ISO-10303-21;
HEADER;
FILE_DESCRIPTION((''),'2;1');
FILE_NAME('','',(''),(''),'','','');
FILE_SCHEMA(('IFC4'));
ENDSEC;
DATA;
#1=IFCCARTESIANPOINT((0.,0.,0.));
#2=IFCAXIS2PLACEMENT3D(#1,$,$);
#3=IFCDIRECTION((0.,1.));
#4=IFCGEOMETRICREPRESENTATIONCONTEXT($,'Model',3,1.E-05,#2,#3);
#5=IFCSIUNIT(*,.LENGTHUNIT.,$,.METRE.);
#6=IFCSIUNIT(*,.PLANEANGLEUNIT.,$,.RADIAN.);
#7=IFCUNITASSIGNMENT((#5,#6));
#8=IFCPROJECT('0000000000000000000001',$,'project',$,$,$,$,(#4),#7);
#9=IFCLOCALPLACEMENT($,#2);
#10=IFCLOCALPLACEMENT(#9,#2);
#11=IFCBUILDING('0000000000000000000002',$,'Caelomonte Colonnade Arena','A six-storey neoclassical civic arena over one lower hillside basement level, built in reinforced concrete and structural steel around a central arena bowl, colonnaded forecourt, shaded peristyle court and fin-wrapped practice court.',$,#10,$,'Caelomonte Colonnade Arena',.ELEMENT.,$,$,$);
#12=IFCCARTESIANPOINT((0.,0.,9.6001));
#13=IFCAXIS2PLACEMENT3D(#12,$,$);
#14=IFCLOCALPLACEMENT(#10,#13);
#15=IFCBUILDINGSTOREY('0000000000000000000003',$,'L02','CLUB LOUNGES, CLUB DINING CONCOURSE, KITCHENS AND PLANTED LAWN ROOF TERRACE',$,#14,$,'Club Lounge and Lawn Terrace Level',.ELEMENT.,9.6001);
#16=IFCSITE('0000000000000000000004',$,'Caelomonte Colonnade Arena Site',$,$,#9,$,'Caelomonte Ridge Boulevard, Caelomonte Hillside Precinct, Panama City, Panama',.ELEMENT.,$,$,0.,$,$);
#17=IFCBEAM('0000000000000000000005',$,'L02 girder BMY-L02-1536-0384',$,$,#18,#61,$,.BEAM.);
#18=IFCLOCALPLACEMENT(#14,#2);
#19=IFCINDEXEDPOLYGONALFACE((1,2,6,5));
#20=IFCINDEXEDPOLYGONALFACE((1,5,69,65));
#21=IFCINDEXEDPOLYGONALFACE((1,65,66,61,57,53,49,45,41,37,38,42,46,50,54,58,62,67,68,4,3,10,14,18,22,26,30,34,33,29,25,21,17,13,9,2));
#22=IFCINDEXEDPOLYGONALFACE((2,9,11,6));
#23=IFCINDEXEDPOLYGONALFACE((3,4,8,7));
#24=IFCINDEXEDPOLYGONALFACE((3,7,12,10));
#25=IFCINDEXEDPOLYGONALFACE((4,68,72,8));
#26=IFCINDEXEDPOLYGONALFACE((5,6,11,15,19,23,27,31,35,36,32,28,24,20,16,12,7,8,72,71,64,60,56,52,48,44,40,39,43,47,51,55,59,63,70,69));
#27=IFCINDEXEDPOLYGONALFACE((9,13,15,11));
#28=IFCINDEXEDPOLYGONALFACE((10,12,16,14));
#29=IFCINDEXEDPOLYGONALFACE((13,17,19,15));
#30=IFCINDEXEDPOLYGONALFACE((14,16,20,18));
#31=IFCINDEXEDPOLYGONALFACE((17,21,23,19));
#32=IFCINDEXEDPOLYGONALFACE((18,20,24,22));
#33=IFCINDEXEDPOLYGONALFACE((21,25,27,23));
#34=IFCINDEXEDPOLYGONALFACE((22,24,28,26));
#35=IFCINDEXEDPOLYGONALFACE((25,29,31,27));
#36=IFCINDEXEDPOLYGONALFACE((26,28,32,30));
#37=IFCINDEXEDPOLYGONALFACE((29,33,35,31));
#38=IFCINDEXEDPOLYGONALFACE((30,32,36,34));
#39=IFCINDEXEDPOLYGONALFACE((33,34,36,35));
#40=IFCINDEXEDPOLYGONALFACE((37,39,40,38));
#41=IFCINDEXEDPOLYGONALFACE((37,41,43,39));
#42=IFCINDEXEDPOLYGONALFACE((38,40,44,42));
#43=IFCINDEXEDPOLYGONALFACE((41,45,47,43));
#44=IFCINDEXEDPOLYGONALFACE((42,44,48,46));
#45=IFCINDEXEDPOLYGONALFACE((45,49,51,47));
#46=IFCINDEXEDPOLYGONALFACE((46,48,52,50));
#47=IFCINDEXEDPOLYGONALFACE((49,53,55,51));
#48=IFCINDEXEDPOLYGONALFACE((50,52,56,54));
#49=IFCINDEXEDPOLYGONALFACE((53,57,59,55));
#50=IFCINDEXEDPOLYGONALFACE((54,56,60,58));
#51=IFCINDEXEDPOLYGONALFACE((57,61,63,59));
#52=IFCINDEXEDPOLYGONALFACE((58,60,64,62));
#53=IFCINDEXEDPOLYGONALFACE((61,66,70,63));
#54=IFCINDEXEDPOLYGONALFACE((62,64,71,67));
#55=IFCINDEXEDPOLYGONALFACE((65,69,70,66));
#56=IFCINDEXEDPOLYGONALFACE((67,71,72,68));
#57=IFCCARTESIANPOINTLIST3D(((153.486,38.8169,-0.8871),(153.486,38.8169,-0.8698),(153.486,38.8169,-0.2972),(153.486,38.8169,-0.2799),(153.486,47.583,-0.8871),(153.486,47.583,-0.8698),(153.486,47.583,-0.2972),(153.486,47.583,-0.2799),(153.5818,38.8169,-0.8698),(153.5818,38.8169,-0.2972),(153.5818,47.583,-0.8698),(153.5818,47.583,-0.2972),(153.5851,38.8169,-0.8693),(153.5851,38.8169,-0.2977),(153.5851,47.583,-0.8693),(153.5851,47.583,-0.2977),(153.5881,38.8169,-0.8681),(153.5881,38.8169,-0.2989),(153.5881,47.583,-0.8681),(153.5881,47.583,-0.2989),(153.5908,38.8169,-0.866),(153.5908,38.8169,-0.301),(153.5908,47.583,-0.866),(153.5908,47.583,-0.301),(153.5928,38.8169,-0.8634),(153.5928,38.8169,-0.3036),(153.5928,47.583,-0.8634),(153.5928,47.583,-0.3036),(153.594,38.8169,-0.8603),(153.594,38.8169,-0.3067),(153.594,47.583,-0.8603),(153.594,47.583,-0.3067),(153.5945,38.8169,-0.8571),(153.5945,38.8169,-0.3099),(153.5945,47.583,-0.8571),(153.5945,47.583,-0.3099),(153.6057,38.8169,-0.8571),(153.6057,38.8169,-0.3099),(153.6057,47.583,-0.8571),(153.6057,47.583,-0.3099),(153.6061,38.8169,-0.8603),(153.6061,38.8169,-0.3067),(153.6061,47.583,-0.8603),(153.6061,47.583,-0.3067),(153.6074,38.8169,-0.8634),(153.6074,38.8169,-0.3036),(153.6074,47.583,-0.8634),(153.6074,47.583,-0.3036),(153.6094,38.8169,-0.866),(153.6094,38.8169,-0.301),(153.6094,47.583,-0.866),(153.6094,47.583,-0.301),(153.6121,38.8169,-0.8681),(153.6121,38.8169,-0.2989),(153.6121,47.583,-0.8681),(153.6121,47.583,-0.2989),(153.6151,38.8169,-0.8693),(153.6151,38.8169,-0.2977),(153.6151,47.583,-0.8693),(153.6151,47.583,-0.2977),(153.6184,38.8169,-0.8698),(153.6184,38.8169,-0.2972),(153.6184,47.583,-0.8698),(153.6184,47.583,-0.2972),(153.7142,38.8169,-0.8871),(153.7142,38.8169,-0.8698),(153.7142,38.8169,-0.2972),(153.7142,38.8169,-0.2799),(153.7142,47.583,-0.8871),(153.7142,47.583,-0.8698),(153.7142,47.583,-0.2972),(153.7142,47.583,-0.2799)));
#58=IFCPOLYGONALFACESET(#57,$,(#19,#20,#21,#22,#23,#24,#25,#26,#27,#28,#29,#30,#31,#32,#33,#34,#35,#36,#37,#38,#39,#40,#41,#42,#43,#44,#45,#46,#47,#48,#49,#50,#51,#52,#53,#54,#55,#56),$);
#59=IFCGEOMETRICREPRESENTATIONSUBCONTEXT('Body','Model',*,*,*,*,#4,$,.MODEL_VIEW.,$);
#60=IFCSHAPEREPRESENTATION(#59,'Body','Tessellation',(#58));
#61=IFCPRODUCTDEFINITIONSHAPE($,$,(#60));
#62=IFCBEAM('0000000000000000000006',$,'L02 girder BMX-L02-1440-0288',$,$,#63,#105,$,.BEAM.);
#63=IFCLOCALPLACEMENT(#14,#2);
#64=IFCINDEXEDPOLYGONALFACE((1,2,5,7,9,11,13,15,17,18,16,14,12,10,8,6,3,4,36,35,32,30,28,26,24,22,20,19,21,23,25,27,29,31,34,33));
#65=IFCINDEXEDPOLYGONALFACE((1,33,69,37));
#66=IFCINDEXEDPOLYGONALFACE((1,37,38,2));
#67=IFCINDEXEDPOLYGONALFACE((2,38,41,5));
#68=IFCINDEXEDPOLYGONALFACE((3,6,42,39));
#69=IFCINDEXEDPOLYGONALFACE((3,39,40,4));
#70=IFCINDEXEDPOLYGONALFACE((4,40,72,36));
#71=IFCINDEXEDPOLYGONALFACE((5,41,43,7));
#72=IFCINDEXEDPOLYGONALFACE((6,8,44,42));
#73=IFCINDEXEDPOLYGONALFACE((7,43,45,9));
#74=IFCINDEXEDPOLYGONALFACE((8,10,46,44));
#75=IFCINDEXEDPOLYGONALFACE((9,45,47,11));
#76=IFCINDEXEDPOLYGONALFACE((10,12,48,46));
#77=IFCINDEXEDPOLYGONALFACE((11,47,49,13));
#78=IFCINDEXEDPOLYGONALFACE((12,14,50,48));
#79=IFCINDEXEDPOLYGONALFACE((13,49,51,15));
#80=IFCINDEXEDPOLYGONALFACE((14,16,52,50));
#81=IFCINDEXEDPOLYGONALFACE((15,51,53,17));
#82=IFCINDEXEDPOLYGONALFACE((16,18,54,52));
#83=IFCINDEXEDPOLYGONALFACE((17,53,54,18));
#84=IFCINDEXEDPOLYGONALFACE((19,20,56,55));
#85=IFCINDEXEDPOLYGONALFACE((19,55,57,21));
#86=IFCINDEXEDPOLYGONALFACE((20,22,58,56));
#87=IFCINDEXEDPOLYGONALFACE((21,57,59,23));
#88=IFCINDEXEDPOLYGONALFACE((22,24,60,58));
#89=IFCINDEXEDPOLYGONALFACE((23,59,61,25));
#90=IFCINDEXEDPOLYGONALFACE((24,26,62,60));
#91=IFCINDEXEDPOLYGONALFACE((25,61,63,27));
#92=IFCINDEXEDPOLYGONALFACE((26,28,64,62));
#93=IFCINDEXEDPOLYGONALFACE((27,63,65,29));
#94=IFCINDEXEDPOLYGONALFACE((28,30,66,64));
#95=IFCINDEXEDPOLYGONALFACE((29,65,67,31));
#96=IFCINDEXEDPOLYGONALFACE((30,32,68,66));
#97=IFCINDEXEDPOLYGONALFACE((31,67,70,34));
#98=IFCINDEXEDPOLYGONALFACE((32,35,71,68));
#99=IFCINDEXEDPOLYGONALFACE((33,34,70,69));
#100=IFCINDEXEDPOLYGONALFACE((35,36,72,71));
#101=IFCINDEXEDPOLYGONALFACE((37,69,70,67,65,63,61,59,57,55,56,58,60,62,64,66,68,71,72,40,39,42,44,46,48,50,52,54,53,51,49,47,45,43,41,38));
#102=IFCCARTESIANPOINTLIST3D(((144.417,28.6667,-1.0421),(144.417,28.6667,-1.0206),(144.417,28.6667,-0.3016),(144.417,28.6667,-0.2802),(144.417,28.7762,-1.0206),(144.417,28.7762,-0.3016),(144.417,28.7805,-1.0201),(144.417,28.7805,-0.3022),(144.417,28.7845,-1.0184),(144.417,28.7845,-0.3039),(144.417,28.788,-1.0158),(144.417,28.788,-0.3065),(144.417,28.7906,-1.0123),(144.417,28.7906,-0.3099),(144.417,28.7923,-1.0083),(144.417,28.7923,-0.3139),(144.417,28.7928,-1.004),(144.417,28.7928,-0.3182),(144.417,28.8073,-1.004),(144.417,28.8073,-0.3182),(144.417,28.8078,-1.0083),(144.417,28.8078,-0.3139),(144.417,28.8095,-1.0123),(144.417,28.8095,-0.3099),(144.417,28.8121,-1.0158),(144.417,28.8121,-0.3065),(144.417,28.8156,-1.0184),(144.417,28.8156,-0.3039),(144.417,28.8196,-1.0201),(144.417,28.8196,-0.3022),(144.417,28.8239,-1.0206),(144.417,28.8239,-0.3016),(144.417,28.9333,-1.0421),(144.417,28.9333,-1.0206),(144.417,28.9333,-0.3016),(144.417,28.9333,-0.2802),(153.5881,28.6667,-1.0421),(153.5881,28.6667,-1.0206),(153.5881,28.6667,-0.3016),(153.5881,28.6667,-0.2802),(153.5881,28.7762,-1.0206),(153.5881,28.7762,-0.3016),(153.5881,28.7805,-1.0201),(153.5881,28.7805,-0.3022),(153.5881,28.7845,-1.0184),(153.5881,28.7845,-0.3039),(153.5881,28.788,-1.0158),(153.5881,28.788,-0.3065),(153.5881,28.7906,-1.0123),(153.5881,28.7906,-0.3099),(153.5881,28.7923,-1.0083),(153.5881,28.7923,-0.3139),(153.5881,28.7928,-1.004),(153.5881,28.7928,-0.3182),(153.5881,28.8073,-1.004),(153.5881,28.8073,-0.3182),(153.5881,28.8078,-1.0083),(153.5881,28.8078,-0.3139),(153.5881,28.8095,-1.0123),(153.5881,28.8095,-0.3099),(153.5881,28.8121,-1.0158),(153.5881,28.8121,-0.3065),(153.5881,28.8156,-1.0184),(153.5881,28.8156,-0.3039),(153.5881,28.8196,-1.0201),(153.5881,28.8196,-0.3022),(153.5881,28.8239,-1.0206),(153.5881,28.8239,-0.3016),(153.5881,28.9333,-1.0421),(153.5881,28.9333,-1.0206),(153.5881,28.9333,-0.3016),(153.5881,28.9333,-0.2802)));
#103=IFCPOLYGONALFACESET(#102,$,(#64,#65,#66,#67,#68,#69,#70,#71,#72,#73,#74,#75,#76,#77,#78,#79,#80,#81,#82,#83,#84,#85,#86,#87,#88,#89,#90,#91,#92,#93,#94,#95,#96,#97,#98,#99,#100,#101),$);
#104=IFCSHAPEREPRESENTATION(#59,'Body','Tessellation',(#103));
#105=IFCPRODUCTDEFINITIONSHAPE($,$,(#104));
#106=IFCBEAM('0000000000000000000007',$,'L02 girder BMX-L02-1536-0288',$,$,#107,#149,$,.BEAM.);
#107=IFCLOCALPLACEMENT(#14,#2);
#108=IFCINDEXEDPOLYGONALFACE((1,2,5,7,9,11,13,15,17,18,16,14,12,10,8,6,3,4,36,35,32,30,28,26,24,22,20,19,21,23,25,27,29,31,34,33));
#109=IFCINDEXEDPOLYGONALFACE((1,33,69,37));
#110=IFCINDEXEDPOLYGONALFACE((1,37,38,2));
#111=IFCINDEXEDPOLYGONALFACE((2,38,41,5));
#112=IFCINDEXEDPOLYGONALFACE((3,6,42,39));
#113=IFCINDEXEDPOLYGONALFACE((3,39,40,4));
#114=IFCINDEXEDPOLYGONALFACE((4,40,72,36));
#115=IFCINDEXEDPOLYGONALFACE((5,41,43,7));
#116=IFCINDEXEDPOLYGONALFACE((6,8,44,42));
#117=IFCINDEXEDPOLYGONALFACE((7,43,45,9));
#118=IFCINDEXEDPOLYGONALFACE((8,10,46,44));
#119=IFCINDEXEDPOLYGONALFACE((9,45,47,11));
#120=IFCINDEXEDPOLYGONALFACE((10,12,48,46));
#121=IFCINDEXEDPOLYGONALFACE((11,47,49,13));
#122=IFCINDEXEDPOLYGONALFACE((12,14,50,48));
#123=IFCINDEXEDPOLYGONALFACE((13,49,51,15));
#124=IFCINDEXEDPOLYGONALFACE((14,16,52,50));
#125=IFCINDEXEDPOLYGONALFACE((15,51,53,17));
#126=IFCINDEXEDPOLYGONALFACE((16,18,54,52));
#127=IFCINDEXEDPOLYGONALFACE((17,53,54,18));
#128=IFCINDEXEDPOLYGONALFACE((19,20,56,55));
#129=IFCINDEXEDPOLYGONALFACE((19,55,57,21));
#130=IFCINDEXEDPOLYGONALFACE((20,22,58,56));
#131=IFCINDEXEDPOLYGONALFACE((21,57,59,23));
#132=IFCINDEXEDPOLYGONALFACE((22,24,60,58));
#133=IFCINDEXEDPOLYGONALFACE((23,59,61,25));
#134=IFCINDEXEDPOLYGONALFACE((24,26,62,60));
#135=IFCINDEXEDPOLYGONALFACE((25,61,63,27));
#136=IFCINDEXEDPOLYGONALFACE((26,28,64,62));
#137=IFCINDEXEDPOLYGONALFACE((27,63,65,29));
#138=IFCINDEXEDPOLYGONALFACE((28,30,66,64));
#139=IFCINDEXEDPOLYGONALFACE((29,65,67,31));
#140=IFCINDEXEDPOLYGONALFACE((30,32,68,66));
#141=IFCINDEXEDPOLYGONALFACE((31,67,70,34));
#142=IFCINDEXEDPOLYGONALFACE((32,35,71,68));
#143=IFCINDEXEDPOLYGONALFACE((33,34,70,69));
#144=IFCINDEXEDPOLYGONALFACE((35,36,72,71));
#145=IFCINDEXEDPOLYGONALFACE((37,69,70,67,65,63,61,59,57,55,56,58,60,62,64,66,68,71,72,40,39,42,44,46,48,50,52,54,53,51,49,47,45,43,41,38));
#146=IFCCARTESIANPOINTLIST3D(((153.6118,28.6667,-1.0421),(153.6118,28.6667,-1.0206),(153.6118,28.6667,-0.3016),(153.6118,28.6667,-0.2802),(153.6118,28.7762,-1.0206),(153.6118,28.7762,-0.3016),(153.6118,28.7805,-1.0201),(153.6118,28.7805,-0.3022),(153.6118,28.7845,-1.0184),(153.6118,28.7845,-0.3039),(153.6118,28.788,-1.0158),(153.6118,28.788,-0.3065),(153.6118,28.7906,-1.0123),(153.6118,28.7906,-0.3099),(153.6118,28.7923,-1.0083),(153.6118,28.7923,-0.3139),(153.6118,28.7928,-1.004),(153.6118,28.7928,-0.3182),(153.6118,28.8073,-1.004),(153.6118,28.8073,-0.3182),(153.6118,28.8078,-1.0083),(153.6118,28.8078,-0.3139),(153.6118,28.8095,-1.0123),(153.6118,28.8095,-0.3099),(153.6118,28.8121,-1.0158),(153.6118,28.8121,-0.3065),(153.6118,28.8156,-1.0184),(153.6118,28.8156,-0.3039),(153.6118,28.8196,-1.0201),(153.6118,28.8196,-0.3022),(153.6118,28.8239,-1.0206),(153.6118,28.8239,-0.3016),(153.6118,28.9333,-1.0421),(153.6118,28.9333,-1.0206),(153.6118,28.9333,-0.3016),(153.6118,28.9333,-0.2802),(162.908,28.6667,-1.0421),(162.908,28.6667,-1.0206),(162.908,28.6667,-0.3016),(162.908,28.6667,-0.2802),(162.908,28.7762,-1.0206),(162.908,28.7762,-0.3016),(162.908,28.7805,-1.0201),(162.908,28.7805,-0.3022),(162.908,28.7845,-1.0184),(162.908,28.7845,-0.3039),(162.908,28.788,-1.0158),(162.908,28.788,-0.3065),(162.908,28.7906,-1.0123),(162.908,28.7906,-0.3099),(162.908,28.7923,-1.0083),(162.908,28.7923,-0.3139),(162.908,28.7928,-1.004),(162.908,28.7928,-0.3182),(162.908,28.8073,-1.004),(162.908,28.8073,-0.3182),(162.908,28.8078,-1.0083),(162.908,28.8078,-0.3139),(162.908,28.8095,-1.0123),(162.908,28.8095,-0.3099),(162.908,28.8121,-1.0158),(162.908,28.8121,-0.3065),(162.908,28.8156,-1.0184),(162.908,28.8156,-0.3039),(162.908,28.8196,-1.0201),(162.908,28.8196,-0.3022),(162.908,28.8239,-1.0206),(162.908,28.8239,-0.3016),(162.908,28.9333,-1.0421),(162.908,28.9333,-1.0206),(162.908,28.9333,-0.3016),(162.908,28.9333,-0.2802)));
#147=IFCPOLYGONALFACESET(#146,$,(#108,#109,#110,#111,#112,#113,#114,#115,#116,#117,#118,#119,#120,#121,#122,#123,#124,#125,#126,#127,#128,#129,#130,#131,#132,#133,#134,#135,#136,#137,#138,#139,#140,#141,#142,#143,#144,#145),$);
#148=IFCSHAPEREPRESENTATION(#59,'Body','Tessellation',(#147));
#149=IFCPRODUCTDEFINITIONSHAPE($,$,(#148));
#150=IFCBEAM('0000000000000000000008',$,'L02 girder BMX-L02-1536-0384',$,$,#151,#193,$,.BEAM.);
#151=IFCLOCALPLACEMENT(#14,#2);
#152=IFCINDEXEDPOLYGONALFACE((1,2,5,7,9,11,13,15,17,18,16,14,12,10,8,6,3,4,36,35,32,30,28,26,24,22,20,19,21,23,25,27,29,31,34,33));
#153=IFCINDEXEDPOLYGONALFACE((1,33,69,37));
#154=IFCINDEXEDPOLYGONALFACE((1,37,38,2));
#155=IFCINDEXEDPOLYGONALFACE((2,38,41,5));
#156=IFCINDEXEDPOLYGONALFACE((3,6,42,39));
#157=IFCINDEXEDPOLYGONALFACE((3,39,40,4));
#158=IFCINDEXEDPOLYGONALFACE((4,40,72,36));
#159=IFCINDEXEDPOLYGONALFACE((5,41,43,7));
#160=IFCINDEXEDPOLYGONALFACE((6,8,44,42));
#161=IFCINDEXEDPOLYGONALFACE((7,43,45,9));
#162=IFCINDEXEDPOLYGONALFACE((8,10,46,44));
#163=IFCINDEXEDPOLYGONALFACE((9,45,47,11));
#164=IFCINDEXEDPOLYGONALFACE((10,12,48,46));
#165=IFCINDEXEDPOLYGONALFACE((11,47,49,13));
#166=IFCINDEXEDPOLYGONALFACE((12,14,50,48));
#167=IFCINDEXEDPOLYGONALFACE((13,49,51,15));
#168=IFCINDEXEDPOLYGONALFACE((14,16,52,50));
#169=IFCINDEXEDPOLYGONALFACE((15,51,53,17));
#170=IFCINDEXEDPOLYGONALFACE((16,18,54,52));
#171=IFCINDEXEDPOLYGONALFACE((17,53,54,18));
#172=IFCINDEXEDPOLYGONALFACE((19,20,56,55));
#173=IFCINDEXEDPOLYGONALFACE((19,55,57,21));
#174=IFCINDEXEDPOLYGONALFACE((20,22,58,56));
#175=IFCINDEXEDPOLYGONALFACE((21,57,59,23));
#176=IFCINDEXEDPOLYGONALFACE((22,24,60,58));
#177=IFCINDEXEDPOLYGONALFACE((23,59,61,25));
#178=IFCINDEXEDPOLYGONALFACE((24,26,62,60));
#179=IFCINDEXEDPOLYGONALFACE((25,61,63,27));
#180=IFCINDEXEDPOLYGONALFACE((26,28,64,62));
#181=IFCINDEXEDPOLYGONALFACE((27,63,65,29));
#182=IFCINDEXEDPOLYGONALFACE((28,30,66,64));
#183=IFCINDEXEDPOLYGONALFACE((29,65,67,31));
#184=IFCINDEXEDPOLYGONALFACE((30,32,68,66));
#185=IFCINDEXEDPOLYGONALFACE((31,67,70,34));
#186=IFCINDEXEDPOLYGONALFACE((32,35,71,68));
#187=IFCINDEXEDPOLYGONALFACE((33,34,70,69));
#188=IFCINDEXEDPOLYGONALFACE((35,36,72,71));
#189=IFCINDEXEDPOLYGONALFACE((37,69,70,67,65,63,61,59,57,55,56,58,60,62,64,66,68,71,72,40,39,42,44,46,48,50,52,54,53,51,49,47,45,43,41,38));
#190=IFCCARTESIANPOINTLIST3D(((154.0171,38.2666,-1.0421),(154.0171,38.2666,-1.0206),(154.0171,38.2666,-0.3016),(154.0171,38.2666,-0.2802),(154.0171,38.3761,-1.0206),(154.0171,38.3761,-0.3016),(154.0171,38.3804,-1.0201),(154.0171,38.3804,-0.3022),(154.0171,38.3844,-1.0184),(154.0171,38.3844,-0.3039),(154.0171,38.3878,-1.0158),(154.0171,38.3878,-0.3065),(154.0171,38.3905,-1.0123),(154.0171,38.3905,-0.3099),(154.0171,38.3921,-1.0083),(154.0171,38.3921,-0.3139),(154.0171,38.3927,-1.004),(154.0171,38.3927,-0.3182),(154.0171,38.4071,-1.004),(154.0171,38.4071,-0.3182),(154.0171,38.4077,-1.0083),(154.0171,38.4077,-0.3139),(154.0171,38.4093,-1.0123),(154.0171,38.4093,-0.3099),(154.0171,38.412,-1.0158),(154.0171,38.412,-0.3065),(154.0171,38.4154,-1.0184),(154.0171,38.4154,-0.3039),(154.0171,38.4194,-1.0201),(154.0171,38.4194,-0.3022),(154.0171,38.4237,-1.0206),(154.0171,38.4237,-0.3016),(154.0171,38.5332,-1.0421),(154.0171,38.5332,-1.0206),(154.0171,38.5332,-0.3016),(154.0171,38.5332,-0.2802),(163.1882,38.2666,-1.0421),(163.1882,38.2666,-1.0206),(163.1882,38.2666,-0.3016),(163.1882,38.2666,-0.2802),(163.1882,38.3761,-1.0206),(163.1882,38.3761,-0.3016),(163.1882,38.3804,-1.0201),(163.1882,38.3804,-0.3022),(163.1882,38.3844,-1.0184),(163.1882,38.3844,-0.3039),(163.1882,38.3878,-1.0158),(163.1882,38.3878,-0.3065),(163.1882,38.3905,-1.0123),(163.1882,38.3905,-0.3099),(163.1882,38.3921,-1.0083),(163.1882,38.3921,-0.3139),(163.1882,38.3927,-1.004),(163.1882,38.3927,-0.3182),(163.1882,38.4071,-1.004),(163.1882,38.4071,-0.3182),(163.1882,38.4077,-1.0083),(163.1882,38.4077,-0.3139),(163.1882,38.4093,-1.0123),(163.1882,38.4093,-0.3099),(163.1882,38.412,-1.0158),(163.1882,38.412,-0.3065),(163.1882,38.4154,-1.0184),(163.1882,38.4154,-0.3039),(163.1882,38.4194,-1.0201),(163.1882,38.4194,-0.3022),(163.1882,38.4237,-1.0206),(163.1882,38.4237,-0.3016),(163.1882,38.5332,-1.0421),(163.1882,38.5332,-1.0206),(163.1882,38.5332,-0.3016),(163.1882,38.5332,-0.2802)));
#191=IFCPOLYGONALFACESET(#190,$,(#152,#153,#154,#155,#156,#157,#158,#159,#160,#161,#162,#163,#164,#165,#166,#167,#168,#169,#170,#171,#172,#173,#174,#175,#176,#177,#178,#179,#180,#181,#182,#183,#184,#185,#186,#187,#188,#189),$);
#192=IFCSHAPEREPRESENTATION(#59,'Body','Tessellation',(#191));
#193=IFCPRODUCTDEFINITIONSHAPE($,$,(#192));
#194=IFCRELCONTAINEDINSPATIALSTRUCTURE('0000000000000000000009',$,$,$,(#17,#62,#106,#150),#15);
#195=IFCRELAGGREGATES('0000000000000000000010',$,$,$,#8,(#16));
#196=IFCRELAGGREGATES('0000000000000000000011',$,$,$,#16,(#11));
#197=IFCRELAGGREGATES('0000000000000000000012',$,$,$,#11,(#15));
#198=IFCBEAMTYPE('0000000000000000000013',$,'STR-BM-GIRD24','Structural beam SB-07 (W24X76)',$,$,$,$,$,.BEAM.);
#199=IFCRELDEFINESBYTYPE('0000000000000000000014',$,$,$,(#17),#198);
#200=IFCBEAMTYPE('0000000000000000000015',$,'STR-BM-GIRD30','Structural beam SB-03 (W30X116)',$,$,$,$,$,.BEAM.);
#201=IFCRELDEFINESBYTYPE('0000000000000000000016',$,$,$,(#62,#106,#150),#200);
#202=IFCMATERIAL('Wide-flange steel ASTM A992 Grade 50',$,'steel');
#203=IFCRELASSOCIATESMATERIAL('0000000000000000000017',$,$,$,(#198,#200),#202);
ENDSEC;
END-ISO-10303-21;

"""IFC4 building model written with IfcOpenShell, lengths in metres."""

from ifc_helpers import new_model, si_unit, direction, frame, origin, origin_2d, place, context, subcontext, project, spatial, i_section, extrude, material, material_profile, profile_set, type_object, element, save


model = new_model("IFC4")

# Units and contexts
model_context = context("Model", 3, precision=1e-05, world=origin(), true_north=direction((0.0, 1.0)))
body_context = subcontext(model_context, "Body", "Model", "MODEL_VIEW")
ifc_project = project(units=[si_unit("LENGTHUNIT", "METRE"), si_unit("PLANEANGLEUNIT", "RADIAN")], contexts=[model_context])

# Site, building, storey
site_placement = place(None, origin())
site = spatial("IfcSite", under=ifc_project, at=site_placement, Name="Caelomonte Colonnade Arena Site", LongName="Caelomonte Ridge Boulevard, Caelomonte Hillside Precinct, Panama City, Panama", CompositionType="ELEMENT", RefElevation=0.0)
building_placement = place(site_placement, origin())
building = spatial("IfcBuilding", under=site, at=building_placement, Name="Caelomonte Colonnade Arena", Description="A six-storey neoclassical civic arena over one lower hillside basement level, built in reinforced concrete and structural steel around a central arena bowl, colonnaded forecourt, shaded peristyle court and fin-wrapped practice court.", LongName="Caelomonte Colonnade Arena", CompositionType="ELEMENT")
storey_placement = place(building_placement, frame((0.0, 0.0, 9.6001)))
storey = spatial("IfcBuildingStorey", under=building, at=storey_placement, Name="L02", Description="CLUB LOUNGES, CLUB DINING CONCOURSE, KITCHENS AND PLANTED LAWN ROOF TERRACE", LongName="Club Lounge and Lawn Terrace Level", CompositionType="ELEMENT", Elevation=9.6001)

# Shared definitions
ifc_material_1 = material(Name="Wide-flange steel ASTM A992 Grade 50", Category="steel")

# Beams
ifc_material_profile_1 = material_profile(ifc_material_1, i_section(OverallWidth=0.2283, OverallDepth=0.6072, WebThickness=0.0112, FlangeThickness=0.0173, FilletRadius=0.0127, at=origin_2d()), Name="W24X76")
ifc_profile_set_1 = profile_set([ifc_material_profile_1], Name="Wide-flange steel ASTM A992 Grade 50")
beam_type_1 = type_object("IfcBeamType", Name="STR-BM-GIRD24", Description="Structural beam SB-07 (W24X76)", PredefinedType="BEAM", material=ifc_profile_set_1)
beam_1_placement = place(storey_placement, frame((153.6001, 38.8169, -0.5835), z_axis=(0.0, 1.0, 0.0), x_axis=(-1.0, 0.0, 0.0)))
element("IfcBeam", 1, at=beam_1_placement, inside=storey, type_object=beam_type_1, Name="L02 girder BMY-L02-1536-0384", PredefinedType="BEAM", context=body_context, shape_type="SweptSolid", body=[
    extrude(i_section(OverallWidth=0.2283, OverallDepth=0.6072, WebThickness=0.0112, FlangeThickness=0.0173, FilletRadius=0.0127, at=origin_2d()), origin(), (0.0, 0.0, 1.0), 8.7661),
])
ifc_material_profile_2 = material_profile(ifc_material_1, i_section(OverallWidth=0.2666, OverallDepth=0.762, WebThickness=0.0144, FlangeThickness=0.0215, FilletRadius=0.0166, at=origin_2d()), Name="W30X116")
ifc_profile_set_2 = profile_set([ifc_material_profile_2], Name="Wide-flange steel ASTM A992 Grade 50")
beam_type_2 = type_object("IfcBeamType", Name="STR-BM-GIRD30", Description="Structural beam SB-03 (W30X116)", PredefinedType="BEAM", material=ifc_profile_set_2)
beam_2_placement = place(storey_placement, frame((144.417, 28.8, -0.6611), z_axis=(1.0, 0.0, 0.0), x_axis=(0.0, 1.0, 0.0)))
element("IfcBeam", 2, at=beam_2_placement, inside=storey, type_object=beam_type_2, Name="L02 girder BMX-L02-1440-0288", PredefinedType="BEAM", context=body_context, shape_type="SweptSolid", body=[
    extrude(i_section(OverallWidth=0.2666, OverallDepth=0.762, WebThickness=0.0144, FlangeThickness=0.0215, FilletRadius=0.0166, at=origin_2d()), origin(), (0.0, 0.0, 1.0), 9.1711),
])
beam_3_placement = place(storey_placement, frame((153.6118, 28.8, -0.6611), z_axis=(1.0, 0.0, 0.0), x_axis=(0.0, 1.0, 0.0)))
element("IfcBeam", 3, at=beam_3_placement, inside=storey, type_object=beam_type_2, Name="L02 girder BMX-L02-1536-0288", PredefinedType="BEAM", context=body_context, shape_type="SweptSolid", body=[
    extrude(i_section(OverallWidth=0.2666, OverallDepth=0.762, WebThickness=0.0144, FlangeThickness=0.0215, FilletRadius=0.0166, at=origin_2d()), origin(), (0.0, 0.0, 1.0), 9.2961),
])
beam_4_placement = place(storey_placement, frame((154.0171, 38.3999, -0.6611), z_axis=(1.0, 0.0, 0.0), x_axis=(0.0, 1.0, 0.0)))
element("IfcBeam", 4, at=beam_4_placement, inside=storey, type_object=beam_type_2, Name="L02 girder BMX-L02-1536-0384", PredefinedType="BEAM", context=body_context, shape_type="SweptSolid", body=[
    extrude(i_section(OverallWidth=0.2666, OverallDepth=0.762, WebThickness=0.0144, FlangeThickness=0.0215, FilletRadius=0.0166, at=origin_2d()), origin(), (0.0, 0.0, 1.0), 9.1711),
])

save(model, "model.ifc")
